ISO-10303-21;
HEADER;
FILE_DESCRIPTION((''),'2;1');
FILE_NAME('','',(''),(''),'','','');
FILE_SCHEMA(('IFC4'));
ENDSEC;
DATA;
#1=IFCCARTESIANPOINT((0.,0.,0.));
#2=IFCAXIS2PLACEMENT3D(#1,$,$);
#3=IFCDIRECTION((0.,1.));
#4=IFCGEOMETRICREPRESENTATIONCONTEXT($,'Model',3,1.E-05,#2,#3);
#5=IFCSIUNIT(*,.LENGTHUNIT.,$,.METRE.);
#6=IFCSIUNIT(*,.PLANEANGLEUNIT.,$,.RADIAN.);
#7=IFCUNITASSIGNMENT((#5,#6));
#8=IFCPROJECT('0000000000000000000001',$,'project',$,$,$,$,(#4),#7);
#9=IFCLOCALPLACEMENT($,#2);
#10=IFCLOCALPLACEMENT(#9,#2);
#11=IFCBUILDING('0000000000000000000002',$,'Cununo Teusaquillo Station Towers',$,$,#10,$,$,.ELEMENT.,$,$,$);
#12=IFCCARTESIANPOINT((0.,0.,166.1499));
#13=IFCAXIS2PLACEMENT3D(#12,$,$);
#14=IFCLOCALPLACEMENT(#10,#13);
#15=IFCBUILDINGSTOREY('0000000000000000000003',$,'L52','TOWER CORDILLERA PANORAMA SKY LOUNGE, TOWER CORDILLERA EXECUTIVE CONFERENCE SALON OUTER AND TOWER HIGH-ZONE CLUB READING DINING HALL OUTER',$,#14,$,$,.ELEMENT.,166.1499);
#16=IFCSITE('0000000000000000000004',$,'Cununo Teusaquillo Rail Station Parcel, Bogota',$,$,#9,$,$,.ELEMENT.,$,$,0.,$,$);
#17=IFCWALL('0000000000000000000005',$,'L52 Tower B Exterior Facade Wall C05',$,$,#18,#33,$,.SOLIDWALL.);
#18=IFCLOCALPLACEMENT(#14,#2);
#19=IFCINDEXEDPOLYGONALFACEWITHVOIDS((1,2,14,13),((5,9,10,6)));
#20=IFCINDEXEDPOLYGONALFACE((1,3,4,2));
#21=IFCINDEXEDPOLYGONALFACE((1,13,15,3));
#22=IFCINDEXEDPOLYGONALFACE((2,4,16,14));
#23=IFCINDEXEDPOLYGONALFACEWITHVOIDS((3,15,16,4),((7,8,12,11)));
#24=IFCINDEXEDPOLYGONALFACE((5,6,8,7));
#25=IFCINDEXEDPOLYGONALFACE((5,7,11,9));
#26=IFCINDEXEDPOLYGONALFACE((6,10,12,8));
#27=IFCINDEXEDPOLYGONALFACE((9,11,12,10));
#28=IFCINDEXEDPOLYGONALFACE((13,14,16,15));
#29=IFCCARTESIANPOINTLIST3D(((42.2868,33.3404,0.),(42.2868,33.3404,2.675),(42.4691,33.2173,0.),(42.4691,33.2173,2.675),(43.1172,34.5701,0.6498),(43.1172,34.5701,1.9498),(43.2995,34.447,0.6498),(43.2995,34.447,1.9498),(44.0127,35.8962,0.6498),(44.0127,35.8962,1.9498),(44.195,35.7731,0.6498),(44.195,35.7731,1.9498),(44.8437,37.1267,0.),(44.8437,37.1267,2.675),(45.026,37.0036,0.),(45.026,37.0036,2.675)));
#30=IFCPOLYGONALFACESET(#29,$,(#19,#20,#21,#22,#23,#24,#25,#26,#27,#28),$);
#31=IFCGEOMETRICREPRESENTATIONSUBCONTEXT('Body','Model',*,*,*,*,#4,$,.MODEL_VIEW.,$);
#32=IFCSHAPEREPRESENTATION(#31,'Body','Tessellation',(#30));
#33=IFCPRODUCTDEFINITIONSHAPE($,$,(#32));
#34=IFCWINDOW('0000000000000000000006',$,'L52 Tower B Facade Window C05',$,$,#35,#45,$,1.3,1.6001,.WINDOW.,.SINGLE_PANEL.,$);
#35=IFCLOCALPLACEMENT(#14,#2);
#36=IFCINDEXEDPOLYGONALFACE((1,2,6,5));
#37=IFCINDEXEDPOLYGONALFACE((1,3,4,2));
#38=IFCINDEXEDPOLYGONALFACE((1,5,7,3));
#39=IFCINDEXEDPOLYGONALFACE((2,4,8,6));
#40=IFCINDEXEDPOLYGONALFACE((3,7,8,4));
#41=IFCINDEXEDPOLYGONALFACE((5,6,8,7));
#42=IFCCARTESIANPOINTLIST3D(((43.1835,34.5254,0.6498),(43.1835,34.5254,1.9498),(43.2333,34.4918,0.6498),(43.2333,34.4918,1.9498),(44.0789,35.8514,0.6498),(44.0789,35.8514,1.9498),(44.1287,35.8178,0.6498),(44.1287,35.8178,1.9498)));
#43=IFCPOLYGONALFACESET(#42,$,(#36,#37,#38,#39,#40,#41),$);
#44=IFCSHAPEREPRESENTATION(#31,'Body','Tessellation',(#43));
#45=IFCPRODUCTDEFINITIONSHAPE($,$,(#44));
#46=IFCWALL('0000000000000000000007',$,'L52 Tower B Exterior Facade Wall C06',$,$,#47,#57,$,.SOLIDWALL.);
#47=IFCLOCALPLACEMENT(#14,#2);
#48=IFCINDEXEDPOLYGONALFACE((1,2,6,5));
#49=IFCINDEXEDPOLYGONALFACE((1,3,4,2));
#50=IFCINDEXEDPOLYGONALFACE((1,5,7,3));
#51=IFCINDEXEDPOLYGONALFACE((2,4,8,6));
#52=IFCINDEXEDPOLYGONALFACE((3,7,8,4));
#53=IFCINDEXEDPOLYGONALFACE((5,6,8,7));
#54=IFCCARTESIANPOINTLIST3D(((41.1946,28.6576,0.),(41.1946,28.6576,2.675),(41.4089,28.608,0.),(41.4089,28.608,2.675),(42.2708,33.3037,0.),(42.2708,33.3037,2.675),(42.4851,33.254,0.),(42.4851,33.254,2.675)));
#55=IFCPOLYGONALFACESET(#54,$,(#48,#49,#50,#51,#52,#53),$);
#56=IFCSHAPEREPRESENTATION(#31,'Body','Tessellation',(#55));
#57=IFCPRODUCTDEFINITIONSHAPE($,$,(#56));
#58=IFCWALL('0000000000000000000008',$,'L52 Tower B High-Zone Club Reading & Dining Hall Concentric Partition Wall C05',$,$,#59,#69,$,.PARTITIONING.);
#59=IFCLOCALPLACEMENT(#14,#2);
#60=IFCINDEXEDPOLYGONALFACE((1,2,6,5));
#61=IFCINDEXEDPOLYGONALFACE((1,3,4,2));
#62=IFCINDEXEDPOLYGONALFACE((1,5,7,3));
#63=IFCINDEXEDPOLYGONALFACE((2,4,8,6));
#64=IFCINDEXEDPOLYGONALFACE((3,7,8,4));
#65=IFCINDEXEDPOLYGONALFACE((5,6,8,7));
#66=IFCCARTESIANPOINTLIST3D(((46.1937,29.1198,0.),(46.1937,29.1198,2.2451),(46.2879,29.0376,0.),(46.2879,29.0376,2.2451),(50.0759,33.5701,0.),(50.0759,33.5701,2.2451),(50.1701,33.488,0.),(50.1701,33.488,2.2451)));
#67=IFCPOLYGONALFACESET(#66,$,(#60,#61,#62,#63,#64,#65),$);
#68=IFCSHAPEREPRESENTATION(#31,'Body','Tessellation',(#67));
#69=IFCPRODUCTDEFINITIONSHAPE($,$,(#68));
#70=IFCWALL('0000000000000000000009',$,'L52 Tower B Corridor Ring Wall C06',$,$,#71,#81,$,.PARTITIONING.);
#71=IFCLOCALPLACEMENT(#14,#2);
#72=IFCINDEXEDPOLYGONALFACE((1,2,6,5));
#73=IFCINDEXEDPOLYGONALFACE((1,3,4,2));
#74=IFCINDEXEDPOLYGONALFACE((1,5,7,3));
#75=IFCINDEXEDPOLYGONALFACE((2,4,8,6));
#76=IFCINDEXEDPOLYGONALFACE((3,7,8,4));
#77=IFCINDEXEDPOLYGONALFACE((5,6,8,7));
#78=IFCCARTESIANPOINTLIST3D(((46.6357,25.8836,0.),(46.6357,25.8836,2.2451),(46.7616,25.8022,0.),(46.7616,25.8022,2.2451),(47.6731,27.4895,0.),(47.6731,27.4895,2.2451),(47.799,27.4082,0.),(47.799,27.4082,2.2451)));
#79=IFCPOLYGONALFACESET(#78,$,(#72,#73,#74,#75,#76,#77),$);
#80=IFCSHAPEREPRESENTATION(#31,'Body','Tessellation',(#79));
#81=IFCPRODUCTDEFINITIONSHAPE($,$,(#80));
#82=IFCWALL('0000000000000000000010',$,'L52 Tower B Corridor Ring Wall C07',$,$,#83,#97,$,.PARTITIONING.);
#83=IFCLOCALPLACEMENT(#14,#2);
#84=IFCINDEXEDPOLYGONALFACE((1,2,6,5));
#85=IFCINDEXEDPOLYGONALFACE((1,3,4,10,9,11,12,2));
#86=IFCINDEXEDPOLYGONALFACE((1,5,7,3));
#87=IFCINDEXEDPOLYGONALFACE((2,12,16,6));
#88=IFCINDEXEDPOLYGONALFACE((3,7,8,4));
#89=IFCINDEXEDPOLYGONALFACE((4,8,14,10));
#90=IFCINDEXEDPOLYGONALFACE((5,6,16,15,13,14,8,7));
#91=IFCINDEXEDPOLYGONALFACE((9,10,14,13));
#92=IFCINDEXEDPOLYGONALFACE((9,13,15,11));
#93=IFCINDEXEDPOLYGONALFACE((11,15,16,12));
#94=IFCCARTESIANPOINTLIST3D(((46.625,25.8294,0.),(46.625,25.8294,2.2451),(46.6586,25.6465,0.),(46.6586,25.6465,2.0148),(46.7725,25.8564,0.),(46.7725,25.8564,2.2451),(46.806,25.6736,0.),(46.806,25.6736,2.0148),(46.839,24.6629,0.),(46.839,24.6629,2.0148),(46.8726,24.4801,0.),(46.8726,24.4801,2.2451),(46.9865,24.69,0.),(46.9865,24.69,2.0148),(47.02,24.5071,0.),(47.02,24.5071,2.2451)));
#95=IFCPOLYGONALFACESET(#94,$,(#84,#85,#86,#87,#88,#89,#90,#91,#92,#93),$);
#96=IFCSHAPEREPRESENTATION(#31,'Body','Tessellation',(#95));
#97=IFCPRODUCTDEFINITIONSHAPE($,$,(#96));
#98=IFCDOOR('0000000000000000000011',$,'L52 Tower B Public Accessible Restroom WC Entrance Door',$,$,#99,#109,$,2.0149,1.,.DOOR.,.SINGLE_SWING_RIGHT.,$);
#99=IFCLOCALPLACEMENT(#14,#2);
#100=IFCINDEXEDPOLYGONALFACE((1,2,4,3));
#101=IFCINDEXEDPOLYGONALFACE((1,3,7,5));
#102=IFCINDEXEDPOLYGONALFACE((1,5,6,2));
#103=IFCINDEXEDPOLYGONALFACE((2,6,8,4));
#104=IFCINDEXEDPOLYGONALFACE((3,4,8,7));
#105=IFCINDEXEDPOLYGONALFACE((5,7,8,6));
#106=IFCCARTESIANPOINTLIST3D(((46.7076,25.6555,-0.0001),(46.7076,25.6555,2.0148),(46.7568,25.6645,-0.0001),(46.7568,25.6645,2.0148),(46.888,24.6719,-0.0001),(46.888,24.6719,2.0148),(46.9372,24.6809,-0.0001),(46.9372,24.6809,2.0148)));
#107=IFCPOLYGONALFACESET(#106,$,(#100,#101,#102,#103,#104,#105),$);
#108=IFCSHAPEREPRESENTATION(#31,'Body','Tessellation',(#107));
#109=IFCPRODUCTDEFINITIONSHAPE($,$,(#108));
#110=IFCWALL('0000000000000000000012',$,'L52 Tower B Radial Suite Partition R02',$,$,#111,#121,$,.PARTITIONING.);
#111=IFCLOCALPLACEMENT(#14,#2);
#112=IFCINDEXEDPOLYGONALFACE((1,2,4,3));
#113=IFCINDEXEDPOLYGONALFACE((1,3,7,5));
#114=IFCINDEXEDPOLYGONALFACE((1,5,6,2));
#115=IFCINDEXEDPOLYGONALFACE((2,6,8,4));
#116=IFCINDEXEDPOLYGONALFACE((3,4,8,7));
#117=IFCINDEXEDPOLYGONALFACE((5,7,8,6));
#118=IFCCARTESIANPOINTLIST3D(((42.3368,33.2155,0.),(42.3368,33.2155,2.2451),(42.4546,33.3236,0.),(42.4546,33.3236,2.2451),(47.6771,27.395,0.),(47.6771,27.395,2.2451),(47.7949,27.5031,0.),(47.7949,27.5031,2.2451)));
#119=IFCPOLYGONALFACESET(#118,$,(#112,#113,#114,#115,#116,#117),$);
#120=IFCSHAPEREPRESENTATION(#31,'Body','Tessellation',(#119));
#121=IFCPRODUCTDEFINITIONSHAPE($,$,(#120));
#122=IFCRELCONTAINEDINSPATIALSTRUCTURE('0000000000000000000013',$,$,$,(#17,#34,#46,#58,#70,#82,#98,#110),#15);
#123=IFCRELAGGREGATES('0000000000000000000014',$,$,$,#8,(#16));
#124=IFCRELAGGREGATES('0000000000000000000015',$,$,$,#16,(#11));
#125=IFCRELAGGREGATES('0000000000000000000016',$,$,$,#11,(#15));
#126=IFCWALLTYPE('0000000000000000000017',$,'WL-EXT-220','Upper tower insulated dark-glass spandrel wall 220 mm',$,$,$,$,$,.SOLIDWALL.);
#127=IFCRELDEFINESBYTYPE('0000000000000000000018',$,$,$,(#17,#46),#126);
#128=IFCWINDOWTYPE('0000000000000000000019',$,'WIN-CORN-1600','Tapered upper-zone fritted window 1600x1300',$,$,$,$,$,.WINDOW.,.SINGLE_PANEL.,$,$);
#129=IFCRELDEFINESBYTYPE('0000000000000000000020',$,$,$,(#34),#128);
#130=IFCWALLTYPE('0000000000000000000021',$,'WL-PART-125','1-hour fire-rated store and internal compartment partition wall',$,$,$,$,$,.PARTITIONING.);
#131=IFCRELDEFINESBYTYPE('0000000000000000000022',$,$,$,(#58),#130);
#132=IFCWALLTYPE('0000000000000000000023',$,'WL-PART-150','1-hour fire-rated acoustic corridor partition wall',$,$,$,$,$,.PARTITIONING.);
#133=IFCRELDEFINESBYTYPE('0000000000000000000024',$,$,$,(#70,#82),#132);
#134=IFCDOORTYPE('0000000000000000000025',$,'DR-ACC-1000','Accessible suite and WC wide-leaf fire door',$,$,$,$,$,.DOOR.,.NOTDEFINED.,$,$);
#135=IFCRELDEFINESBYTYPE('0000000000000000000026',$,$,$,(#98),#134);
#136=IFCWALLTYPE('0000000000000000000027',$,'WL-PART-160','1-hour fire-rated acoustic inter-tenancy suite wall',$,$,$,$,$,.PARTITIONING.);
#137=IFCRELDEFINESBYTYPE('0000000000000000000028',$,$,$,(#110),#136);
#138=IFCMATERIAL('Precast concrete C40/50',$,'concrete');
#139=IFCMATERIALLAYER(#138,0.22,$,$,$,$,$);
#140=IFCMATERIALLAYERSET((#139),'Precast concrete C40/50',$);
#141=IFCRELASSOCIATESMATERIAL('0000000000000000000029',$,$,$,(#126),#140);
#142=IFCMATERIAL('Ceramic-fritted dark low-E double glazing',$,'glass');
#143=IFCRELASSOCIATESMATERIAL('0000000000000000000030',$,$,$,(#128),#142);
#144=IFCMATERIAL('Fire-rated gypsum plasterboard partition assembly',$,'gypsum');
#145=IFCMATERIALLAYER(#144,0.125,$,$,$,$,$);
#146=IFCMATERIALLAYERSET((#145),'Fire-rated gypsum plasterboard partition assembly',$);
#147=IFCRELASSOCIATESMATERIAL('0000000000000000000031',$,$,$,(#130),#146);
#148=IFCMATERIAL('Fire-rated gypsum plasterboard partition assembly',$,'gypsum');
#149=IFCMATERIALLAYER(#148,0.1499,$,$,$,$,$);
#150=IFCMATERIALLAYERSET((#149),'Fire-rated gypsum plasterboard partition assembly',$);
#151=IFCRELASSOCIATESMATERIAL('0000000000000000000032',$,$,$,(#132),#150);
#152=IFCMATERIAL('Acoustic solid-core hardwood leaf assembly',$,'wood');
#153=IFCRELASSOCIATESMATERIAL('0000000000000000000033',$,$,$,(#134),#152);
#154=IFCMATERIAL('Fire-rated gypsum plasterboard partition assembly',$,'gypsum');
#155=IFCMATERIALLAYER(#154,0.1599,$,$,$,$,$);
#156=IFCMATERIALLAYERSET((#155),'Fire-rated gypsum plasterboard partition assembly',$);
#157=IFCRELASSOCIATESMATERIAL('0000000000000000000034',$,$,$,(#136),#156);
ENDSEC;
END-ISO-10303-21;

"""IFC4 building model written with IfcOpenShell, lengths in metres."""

from ifc_helpers import new_model, si_unit, direction, frame, frame_2d, origin, place, context, subcontext, project, spatial, rectangle, extrude, source, transform, mapped, material, layer, layer_set, type_object, element, fill, save


model = new_model("IFC4")

# Units and contexts
model_context = context("Model", 3, precision=1e-05, world=origin(), true_north=direction((0.0, 1.0)))
body_context = subcontext(model_context, "Body", "Model", "MODEL_VIEW")
ifc_project = project(units=[si_unit("LENGTHUNIT", "METRE"), si_unit("PLANEANGLEUNIT", "RADIAN")], contexts=[model_context])

# Site, building, storey
site_placement = place(None, origin())
site = spatial("IfcSite", under=ifc_project, at=site_placement, Name="Cununo Teusaquillo Rail Station Parcel, Bogota", CompositionType="ELEMENT", RefElevation=0.0)
building_placement = place(site_placement, origin())
building = spatial("IfcBuilding", under=site, at=building_placement, Name="Cununo Teusaquillo Station Towers", CompositionType="ELEMENT")
storey_placement = place(building_placement, frame((0.0, 0.0, 166.1499)))
storey = spatial("IfcBuildingStorey", under=building, at=storey_placement, Name="L52", Description="TOWER CORDILLERA PANORAMA SKY LOUNGE, TOWER CORDILLERA EXECUTIVE CONFERENCE SALON OUTER AND TOWER HIGH-ZONE CLUB READING DINING HALL OUTER", CompositionType="ELEMENT", Elevation=166.1499)

# Shared definitions
ifc_material_1 = material(Name="Precast concrete C40/50", Category="concrete")
ifc_layer_1 = layer(ifc_material_1, 0.22)
ifc_layer_set_1 = layer_set([ifc_layer_1], Name="Precast concrete C40/50")
wall_type_1 = type_object("IfcWallType", Name="WL-EXT-220", Description="Upper tower insulated dark-glass spandrel wall 220 mm", PredefinedType="SOLIDWALL", material=ifc_layer_set_1)
shared_shape_1 = source(origin(), body_context, "Body", "SweptSolid", [
    extrude(rectangle(XDim=1.6001, YDim=1.3, at=frame_2d((0.8, 0.6499))), frame((0.0, 0.1199, 0.0), z_axis=(0.0, -1.0, 0.0), x_axis=(1.0, 0.0, 0.0)), (0.0, 0.0, 1.0), 0.24),
])
ifc_material_2 = material(Name="Ceramic-fritted dark low-E double glazing", Category="glass")
window_type = type_object("IfcWindowType", Name="WIN-CORN-1600", Description="Tapered upper-zone fritted window 1600x1300", PartitioningType="SINGLE_PANEL", PredefinedType="WINDOW", material=ifc_material_2)
shared_shape_2 = source(origin(), body_context, "Body", "SweptSolid", [
    extrude(rectangle(XDim=1.6001, YDim=1.3, at=frame_2d((0.8, 0.6499))), frame((0.0, 0.03, 0.0), z_axis=(0.0, -1.0, 0.0), x_axis=(1.0, 0.0, 0.0)), (0.0, 0.0, 1.0), 0.0601),
])

# Wall, opening, window
wall_1_placement = place(storey_placement, frame((42.3779, 33.2788, 0.0), z_axis=(0.0, 0.0, 1.0), x_axis=(0.559635, 0.828739, 0.0)))
wall_1 = element("IfcWall", 1, at=wall_1_placement, inside=storey, type_object=wall_type_1, Name="L52 Tower B Exterior Facade Wall C05", PredefinedType="SOLIDWALL", context=body_context, shape_type="SweptSolid", body=[
    extrude(rectangle(XDim=4.5688, YDim=0.22, at=frame_2d((2.2844, 0.0))), origin(), (0.0, 0.0, 1.0), 2.675),
])
opening_1_placement = place(wall_1_placement, frame((1.4839, 0.0, 0.6499)))
opening_1 = element("IfcOpeningElement", 2, at=opening_1_placement, cuts=wall_1, PredefinedType="OPENING", context=body_context, shape_type="MappedRepresentation", body=[
    mapped(shared_shape_1, transform((0.0, 0.0, 0.0), x_axis=(1.0, 0.0, 0.0), y_axis=(0.0, 1.0, 0.0), z_axis=(0.0, 0.0, 1.0), scale=1.0)),
])
window_1_placement = place(opening_1_placement, origin())
window_1 = element("IfcWindow", 3, at=window_1_placement, inside=storey, type_object=window_type, Name="L52 Tower B Facade Window C05", OverallHeight=1.3, OverallWidth=1.6001, PartitioningType="SINGLE_PANEL", PredefinedType="WINDOW", context=body_context, shape_type="MappedRepresentation", body=[
    mapped(shared_shape_2, transform((0.0, 0.0, 0.0), x_axis=(1.0, 0.0, 0.0), y_axis=(0.0, 1.0, 0.0), z_axis=(0.0, 0.0, 1.0), scale=1.0)),
])
fill(opening_1, window_1)

# Walls
wall_2_placement = place(storey_placement, frame((41.3018, 28.6328, 0.0), z_axis=(0.0, 0.0, 1.0), x_axis=(0.22566, 0.974206, 0.0)))
element("IfcWall", 4, at=wall_2_placement, inside=storey, type_object=wall_type_1, Name="L52 Tower B Exterior Facade Wall C06", PredefinedType="SOLIDWALL", context=body_context, shape_type="SweptSolid", body=[
    extrude(rectangle(XDim=4.769, YDim=0.22, at=frame_2d((2.3845, 0.0))), origin(), (0.0, 0.0, 1.0), 2.675),
])
ifc_material_3 = material(Name="Fire-rated gypsum plasterboard partition assembly", Category="gypsum")
ifc_layer_2 = layer(ifc_material_3, 0.125)
ifc_layer_set_2 = layer_set([ifc_layer_2], Name="Fire-rated gypsum plasterboard partition assembly")
wall_type_2 = type_object("IfcWallType", Name="WL-PART-125", Description="1-hour fire-rated store and internal compartment partition wall", PredefinedType="PARTITIONING", material=ifc_layer_set_2)
wall_3_placement = place(storey_placement, frame((50.123, 33.5291, 0.0), z_axis=(0.0, 0.0, 1.0), x_axis=(-0.657371, -0.753567, 0.0)))
element("IfcWall", 5, at=wall_3_placement, inside=storey, type_object=wall_type_2, Name="L52 Tower B High-Zone Club Reading & Dining Hall Concentric Partition Wall C05", PredefinedType="PARTITIONING", context=body_context, shape_type="SweptSolid", body=[
    extrude(rectangle(XDim=5.9058, YDim=0.125, at=frame_2d((2.9529, 0.0))), origin(), (0.0, 0.0, 1.0), 2.2451),
])
ifc_material_4 = material(Name="Fire-rated gypsum plasterboard partition assembly", Category="gypsum")
ifc_layer_3 = layer(ifc_material_4, 0.1499)
ifc_layer_set_3 = layer_set([ifc_layer_3], Name="Fire-rated gypsum plasterboard partition assembly")
wall_type_3 = type_object("IfcWallType", Name="WL-PART-150", Description="1-hour fire-rated acoustic corridor partition wall", PredefinedType="PARTITIONING", material=ifc_layer_set_3)
wall_4_placement = place(storey_placement, frame((47.7361, 27.449, 0.0), z_axis=(0.0, 0.0, 1.0), x_axis=(-0.542589, -0.839998, 0.0)))
element("IfcWall", 6, at=wall_4_placement, inside=storey, type_object=wall_type_3, Name="L52 Tower B Corridor Ring Wall C06", PredefinedType="PARTITIONING", context=body_context, shape_type="SweptSolid", body=[
    extrude(rectangle(XDim=1.9119, YDim=0.1499, at=frame_2d((0.9561, 0.0))), origin(), (0.0, 0.0, 1.0), 2.2451),
])

# Wall, opening, door
wall_5_placement = place(storey_placement, frame((46.6987, 25.843, 0.0), z_axis=(0.0, 0.0, 1.0), x_axis=(0.180451, -0.983584, 0.0)))
wall_5 = element("IfcWall", 7, at=wall_5_placement, inside=storey, type_object=wall_type_3, Name="L52 Tower B Corridor Ring Wall C07", PredefinedType="PARTITIONING", context=body_context, shape_type="SweptSolid", body=[
    extrude(rectangle(XDim=1.3718, YDim=0.1499, at=frame_2d((0.686, 0.0))), origin(), (0.0, 0.0, 1.0), 2.2451),
])
shared_shape_3 = source(origin(), body_context, "Body", "SweptSolid", [
    extrude(rectangle(XDim=1.0, YDim=2.0149, at=frame_2d((0.5, 1.0073))), frame((0.0, 0.085, 0.0), z_axis=(0.0, -1.0, 0.0), x_axis=(1.0, 0.0, 0.0)), (0.0, 0.0, 1.0), 0.1699),
])
opening_2_placement = place(wall_5_placement, frame((0.186, 0.0, 0.0)))
opening_2 = element("IfcOpeningElement", 8, at=opening_2_placement, cuts=wall_5, PredefinedType="OPENING", context=body_context, shape_type="MappedRepresentation", body=[
    mapped(shared_shape_3, transform((0.0, 0.0, 0.0), x_axis=(1.0, 0.0, 0.0), y_axis=(0.0, 1.0, 0.0), z_axis=(0.0, 0.0, 1.0), scale=1.0)),
])
ifc_material_5 = material(Name="Acoustic solid-core hardwood leaf assembly", Category="wood")
door_type = type_object("IfcDoorType", Name="DR-ACC-1000", Description="Accessible suite and WC wide-leaf fire door", OperationType="NOTDEFINED", PredefinedType="DOOR", material=ifc_material_5)
shared_shape_4 = source(origin(), body_context, "Body", "SweptSolid", [
    extrude(rectangle(XDim=1.0, YDim=2.0149, at=frame_2d((0.5, 1.0073))), frame((0.0, 0.0249, 0.0), z_axis=(0.0, -1.0, 0.0), x_axis=(1.0, 0.0, 0.0)), (0.0, 0.0, 1.0), 0.05),
])
door_placement = place(opening_2_placement, origin())
door = element("IfcDoor", 9, at=door_placement, inside=storey, type_object=door_type, Name="L52 Tower B Public Accessible Restroom WC Entrance Door", OperationType="SINGLE_SWING_RIGHT", OverallHeight=2.0149, OverallWidth=1.0, PredefinedType="DOOR", context=body_context, shape_type="MappedRepresentation", body=[
    mapped(shared_shape_4, transform((0.0, 0.0, 0.0), x_axis=(1.0, 0.0, 0.0), y_axis=(0.0, 1.0, 0.0), z_axis=(0.0, 0.0, 1.0), scale=1.0)),
])
fill(opening_2, door)

# Wall
ifc_material_6 = material(Name="Fire-rated gypsum plasterboard partition assembly", Category="gypsum")
ifc_layer_4 = layer(ifc_material_6, 0.1599)
ifc_layer_set_4 = layer_set([ifc_layer_4], Name="Fire-rated gypsum plasterboard partition assembly")
wall_type_4 = type_object("IfcWallType", Name="WL-PART-160", Description="1-hour fire-rated acoustic inter-tenancy suite wall", PredefinedType="PARTITIONING", material=ifc_layer_set_4)
wall_6_placement = place(storey_placement, frame((47.7361, 27.449, 0.0), z_axis=(0.0, 0.0, 1.0), x_axis=(-0.676056, 0.73685, 0.0)))
element("IfcWall", 10, at=wall_6_placement, inside=storey, type_object=wall_type_4, Name="L52 Tower B Radial Suite Partition R02", PredefinedType="PARTITIONING", context=body_context, shape_type="SweptSolid", body=[
    extrude(rectangle(XDim=7.8992, YDim=0.1599, at=frame_2d((3.9497, 0.0))), origin(), (0.0, 0.0, 1.0), 2.2451),
])

save(model, "model.ifc")
